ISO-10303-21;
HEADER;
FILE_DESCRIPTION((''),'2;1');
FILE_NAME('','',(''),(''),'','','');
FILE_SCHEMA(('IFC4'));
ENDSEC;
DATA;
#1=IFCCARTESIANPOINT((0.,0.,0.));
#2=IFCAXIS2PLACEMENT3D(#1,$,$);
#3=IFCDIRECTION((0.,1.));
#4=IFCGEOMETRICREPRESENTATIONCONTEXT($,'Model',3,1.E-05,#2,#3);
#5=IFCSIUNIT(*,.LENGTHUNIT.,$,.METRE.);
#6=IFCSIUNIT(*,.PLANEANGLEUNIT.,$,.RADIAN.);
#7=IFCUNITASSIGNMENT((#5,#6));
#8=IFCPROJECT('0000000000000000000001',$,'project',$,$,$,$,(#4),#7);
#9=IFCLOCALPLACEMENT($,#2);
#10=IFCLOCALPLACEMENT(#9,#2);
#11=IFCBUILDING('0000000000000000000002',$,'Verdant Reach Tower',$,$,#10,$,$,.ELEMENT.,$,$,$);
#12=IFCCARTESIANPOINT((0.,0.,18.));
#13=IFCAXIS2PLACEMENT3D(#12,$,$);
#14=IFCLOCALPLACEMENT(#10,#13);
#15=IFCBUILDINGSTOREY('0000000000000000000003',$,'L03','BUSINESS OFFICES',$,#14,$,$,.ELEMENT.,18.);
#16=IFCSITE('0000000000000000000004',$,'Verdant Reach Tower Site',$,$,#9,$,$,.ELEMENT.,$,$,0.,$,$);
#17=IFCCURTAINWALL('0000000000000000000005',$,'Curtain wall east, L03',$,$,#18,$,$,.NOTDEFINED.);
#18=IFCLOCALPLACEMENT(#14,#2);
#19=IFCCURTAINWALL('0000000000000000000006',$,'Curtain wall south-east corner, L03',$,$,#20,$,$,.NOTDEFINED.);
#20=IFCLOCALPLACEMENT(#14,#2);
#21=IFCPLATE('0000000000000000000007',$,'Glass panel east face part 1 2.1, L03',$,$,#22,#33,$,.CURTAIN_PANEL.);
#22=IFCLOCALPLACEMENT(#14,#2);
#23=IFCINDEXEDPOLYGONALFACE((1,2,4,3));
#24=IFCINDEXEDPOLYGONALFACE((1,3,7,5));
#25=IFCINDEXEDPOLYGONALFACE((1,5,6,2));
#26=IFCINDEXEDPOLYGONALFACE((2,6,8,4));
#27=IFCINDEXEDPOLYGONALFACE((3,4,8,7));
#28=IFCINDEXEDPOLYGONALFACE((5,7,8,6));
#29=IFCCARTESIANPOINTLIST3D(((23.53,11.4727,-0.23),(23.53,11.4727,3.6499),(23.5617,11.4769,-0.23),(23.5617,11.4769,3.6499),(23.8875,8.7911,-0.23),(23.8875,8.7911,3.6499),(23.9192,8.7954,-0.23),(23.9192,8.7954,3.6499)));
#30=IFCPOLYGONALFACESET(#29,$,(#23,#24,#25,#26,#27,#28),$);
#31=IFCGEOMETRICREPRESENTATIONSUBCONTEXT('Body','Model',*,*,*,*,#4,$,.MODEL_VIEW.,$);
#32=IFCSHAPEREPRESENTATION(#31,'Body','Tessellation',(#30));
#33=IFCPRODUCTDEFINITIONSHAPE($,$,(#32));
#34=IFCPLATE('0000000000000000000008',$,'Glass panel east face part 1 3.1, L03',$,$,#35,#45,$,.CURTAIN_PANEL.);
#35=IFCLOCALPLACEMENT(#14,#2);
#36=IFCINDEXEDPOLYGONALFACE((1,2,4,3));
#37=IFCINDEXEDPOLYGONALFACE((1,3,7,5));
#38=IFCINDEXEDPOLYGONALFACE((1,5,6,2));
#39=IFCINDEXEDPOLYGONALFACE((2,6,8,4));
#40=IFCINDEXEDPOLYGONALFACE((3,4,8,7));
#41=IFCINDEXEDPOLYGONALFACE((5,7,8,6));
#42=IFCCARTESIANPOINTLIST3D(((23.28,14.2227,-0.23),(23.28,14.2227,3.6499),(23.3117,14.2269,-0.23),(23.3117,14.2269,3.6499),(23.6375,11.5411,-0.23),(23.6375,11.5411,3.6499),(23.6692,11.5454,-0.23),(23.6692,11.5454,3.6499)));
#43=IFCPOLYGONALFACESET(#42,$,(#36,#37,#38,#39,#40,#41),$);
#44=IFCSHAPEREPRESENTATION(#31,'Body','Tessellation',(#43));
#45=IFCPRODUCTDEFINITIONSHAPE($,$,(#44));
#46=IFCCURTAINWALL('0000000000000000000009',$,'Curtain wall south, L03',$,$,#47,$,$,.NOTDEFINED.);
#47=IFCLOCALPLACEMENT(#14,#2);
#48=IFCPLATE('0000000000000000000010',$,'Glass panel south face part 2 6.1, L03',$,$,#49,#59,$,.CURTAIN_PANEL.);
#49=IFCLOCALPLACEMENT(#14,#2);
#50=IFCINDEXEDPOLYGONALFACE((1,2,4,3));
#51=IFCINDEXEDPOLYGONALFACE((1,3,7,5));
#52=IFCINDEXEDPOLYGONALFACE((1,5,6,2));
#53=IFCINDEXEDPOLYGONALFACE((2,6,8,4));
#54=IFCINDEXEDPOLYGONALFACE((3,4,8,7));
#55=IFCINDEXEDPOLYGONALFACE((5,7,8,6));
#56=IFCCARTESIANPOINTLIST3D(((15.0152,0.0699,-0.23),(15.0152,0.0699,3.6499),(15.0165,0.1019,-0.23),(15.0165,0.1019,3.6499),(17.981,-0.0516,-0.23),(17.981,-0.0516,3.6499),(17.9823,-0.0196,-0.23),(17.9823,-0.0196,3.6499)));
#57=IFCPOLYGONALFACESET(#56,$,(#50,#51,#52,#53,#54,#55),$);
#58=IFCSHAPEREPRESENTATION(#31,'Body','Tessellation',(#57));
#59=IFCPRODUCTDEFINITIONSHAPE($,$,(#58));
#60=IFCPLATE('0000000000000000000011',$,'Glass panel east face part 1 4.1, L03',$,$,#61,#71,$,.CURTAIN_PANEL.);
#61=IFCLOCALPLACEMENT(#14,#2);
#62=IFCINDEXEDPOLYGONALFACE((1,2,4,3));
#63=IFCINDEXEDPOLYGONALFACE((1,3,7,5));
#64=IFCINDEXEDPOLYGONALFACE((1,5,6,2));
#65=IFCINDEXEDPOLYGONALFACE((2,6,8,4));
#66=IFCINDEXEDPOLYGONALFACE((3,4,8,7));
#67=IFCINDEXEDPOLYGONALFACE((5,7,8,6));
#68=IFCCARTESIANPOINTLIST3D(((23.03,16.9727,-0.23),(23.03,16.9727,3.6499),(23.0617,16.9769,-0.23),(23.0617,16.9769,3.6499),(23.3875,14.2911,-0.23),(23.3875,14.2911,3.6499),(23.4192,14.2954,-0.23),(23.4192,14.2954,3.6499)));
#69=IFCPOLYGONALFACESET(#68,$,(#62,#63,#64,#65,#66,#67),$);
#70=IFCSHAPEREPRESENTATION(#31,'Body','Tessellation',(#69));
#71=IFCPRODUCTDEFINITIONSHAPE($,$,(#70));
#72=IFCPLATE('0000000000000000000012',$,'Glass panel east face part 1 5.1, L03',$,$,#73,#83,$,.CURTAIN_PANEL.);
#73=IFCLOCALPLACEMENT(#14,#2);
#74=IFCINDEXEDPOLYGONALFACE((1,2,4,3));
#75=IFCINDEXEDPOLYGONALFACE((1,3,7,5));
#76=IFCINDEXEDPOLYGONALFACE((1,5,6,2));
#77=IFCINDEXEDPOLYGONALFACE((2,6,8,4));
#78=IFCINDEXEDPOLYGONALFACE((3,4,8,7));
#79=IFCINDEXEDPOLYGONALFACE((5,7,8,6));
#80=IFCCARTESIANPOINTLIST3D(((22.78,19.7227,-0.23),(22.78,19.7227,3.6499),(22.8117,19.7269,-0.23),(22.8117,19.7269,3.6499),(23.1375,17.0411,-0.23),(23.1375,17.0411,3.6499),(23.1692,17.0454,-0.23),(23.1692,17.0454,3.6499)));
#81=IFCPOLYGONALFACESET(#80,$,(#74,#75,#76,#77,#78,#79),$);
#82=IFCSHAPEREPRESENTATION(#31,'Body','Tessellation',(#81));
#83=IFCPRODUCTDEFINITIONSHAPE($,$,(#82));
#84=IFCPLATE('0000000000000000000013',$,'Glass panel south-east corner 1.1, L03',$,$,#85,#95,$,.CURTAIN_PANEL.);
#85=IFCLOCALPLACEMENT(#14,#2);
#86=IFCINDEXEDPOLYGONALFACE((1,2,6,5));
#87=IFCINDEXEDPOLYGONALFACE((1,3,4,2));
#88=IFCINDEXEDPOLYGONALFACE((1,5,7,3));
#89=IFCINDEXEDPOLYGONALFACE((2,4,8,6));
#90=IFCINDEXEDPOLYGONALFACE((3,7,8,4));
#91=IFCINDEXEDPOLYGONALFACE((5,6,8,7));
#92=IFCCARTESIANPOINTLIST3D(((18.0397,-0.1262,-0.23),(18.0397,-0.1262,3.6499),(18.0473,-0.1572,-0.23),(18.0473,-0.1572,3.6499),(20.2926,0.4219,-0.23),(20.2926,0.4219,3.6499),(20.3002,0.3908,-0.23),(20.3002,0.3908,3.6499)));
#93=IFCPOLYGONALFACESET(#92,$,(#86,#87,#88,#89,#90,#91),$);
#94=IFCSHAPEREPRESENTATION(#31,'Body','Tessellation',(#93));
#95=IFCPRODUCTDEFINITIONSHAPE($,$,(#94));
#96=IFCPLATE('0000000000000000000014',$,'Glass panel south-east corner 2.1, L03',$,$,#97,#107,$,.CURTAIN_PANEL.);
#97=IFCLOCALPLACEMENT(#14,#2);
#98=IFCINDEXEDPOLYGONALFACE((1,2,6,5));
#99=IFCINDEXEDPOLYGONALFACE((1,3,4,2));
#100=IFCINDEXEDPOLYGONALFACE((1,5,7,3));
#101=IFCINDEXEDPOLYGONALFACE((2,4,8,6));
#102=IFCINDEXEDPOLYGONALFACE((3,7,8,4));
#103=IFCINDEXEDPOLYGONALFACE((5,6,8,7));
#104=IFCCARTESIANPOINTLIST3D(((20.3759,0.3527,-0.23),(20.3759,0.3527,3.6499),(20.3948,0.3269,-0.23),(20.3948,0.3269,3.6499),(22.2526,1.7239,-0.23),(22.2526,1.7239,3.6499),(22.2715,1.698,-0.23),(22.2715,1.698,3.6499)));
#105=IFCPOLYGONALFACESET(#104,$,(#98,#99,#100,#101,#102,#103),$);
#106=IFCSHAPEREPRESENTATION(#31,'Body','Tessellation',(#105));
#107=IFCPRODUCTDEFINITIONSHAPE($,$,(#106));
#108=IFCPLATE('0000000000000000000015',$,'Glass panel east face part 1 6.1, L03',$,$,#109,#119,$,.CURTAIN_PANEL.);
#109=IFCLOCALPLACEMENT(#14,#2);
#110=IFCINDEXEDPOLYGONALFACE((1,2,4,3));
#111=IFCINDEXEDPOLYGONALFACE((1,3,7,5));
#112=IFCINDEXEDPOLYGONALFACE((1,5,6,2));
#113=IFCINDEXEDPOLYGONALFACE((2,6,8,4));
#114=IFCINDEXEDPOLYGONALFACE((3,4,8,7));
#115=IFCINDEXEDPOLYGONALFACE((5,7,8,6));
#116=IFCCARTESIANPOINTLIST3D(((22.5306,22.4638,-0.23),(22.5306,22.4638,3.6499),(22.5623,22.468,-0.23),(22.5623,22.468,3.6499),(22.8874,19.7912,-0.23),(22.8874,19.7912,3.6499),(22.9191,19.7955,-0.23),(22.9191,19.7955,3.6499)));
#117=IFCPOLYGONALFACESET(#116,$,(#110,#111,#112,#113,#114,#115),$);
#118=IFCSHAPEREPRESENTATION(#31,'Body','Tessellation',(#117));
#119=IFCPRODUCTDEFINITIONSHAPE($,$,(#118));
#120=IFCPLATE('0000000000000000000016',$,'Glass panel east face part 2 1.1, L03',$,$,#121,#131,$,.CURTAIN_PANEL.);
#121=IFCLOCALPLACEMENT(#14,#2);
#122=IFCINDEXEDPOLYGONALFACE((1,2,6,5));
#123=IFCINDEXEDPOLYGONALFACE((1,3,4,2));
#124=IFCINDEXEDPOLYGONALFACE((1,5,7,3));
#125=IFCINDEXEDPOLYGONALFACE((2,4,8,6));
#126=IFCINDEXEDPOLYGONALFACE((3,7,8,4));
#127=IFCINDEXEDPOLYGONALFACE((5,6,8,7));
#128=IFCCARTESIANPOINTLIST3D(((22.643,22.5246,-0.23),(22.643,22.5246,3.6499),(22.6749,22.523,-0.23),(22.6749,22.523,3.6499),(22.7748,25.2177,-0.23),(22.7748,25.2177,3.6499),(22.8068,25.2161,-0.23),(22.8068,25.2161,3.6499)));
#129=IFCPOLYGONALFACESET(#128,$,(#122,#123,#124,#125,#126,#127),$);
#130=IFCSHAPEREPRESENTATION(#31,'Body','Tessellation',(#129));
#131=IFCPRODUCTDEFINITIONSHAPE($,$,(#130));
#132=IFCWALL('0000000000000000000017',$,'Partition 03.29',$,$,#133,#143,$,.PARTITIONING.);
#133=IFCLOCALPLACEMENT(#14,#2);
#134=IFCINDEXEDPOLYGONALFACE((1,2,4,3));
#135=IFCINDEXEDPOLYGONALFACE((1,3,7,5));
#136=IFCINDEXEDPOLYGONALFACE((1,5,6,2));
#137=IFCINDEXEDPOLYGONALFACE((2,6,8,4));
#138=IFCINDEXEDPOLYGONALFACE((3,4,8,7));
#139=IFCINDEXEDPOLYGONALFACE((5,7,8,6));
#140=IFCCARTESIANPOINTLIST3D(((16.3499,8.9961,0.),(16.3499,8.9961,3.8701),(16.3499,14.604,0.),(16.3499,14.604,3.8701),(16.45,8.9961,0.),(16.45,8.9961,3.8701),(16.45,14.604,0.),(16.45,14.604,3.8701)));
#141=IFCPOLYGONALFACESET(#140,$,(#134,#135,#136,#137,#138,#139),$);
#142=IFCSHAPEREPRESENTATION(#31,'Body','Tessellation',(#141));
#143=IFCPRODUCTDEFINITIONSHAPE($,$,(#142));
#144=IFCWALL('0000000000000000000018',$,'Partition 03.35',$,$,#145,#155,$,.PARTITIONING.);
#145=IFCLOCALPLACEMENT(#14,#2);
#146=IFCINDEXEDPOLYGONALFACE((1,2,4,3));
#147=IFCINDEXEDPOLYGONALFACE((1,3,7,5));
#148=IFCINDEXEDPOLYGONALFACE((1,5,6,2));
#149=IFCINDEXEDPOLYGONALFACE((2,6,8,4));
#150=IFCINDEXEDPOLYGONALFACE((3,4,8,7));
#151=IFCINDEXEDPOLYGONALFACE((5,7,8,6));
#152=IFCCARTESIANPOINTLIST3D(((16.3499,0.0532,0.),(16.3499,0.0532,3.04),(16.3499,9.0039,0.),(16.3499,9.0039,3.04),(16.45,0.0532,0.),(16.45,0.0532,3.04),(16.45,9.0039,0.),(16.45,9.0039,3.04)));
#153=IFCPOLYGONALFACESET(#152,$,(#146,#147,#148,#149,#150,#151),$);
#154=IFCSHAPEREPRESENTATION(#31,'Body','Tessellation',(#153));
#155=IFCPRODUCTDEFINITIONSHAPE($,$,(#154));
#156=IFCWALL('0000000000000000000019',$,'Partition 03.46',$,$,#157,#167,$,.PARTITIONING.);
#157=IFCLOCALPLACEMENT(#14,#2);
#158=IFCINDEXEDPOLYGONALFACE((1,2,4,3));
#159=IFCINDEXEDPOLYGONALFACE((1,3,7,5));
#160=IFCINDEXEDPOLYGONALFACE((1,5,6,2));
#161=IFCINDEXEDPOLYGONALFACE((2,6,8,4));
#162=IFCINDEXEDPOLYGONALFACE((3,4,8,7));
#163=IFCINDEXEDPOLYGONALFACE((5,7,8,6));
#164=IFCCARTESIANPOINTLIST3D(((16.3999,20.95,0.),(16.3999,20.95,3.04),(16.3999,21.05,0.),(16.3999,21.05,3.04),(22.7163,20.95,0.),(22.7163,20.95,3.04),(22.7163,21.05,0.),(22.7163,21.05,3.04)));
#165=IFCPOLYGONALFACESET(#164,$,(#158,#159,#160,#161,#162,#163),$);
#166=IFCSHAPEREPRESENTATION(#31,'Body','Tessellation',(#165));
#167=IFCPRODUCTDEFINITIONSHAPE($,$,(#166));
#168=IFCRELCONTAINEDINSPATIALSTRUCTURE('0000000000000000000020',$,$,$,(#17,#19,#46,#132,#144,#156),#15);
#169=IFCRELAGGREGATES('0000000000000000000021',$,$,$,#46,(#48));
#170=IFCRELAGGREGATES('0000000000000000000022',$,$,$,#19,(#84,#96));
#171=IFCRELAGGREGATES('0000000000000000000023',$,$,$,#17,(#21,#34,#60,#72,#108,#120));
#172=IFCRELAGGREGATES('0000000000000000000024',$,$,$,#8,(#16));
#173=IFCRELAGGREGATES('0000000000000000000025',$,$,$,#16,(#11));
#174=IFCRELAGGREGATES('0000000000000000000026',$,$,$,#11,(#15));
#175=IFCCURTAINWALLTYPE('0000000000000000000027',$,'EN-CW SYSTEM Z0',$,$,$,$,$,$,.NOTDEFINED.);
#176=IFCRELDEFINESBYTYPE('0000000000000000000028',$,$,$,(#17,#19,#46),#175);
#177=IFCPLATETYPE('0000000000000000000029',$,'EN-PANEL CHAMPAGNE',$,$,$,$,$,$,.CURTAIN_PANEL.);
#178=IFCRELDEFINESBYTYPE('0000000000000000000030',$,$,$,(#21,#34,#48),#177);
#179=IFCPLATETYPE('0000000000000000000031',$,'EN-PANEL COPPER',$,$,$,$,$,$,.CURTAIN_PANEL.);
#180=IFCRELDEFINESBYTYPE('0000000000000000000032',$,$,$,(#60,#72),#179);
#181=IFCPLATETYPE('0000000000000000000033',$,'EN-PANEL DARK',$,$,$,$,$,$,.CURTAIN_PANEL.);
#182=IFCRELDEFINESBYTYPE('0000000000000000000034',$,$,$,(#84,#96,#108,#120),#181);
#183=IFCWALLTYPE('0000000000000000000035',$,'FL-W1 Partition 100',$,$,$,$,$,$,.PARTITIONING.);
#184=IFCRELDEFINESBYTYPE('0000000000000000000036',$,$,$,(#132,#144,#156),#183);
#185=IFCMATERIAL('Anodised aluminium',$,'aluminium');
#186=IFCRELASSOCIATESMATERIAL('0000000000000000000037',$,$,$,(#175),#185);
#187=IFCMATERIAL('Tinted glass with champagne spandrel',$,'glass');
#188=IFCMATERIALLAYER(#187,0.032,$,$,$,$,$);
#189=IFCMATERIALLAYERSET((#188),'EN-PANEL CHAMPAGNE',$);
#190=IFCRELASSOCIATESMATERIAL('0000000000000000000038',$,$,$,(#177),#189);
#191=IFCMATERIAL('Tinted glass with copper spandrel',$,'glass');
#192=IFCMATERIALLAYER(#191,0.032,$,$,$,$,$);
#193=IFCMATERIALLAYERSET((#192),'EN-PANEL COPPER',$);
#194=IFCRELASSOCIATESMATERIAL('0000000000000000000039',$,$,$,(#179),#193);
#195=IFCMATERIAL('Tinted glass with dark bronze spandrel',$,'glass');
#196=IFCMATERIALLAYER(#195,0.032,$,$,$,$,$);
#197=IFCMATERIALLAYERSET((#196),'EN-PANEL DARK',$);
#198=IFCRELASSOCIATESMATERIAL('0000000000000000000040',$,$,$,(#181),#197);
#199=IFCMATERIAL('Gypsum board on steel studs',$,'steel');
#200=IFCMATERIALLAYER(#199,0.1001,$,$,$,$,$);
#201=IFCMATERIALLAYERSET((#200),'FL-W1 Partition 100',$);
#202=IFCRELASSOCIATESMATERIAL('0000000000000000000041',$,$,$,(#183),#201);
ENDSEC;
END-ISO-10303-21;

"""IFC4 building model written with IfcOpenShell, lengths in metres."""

from ifc_helpers import new_model, si_unit, direction, frame, frame_2d, origin, origin_2d, place, context, subcontext, project, spatial, rectangle, extrude, material, layer, layer_set, type_object, element, aggregate, save


model = new_model("IFC4")

# Units and contexts
model_context = context("Model", 3, precision=1e-05, world=origin(), true_north=direction((0.0, 1.0)))
body_context = subcontext(model_context, "Body", "Model", "MODEL_VIEW")
ifc_project = project(units=[si_unit("LENGTHUNIT", "METRE"), si_unit("PLANEANGLEUNIT", "RADIAN")], contexts=[model_context])

# Site, building, storey
site_placement = place(None, origin())
site = spatial("IfcSite", under=ifc_project, at=site_placement, Name="Verdant Reach Tower Site", CompositionType="ELEMENT", RefElevation=0.0)
building_placement = place(site_placement, origin())
building = spatial("IfcBuilding", under=site, at=building_placement, Name="Verdant Reach Tower", CompositionType="ELEMENT")
storey_placement = place(building_placement, frame((0.0, 0.0, 18.0)))
storey = spatial("IfcBuildingStorey", under=building, at=storey_placement, Name="L03", Description="BUSINESS OFFICES", CompositionType="ELEMENT", Elevation=18.0)

# Curtain wall
ifc_material_1 = material(Name="Anodised aluminium", Category="aluminium")
curtain_wall_type = type_object("IfcCurtainWallType", Name="EN-CW SYSTEM Z0", PredefinedType="NOTDEFINED", material=ifc_material_1)
curtain_wall_1_placement = place(storey_placement, origin())
curtain_wall_1 = element("IfcCurtainWall", 1, at=curtain_wall_1_placement, inside=storey, type_object=curtain_wall_type, Name="Curtain wall east, L03", PredefinedType="NOTDEFINED")

# Curtain wall
curtain_wall_2_placement = place(storey_placement, origin())
curtain_wall_2 = element("IfcCurtainWall", 2, at=curtain_wall_2_placement, inside=storey, type_object=curtain_wall_type, Name="Curtain wall south-east corner, L03", PredefinedType="NOTDEFINED")
ifc_material_2 = material(Name="Tinted glass with champagne spandrel", Category="glass")
ifc_layer_1 = layer(ifc_material_2, 0.032)
ifc_layer_set_1 = layer_set([ifc_layer_1], Name="EN-PANEL CHAMPAGNE")
plate_type_1 = type_object("IfcPlateType", Name="EN-PANEL CHAMPAGNE", PredefinedType="CURTAIN_PANEL", material=ifc_layer_set_1)

# Plates
plate_1_placement = place(storey_placement, frame((23.7246, 10.134, -0.23), z_axis=(0.0, 0.0, 1.0), x_axis=(-0.13216, 0.991228, 0.0)))
plate_1 = element("IfcPlate", 3, at=plate_1_placement, type_object=plate_type_1, Name="Glass panel east face part 1 2.1, L03", PredefinedType="CURTAIN_PANEL", context=body_context, shape_type="SweptSolid", body=[
    extrude(rectangle(XDim=2.7053, YDim=0.032, at=origin_2d()), origin(), (0.0, 0.0, 1.0), 3.8799),
])
plate_2_placement = place(storey_placement, frame((23.4746, 12.884, -0.23), z_axis=(0.0, 0.0, 1.0), x_axis=(-0.13216, 0.991228, 0.0)))
plate_2 = element("IfcPlate", 4, at=plate_2_placement, type_object=plate_type_1, Name="Glass panel east face part 1 3.1, L03", PredefinedType="CURTAIN_PANEL", context=body_context, shape_type="SweptSolid", body=[
    extrude(rectangle(XDim=2.7053, YDim=0.032, at=origin_2d()), origin(), (0.0, 0.0, 1.0), 3.8799),
])

# Curtain wall, plate
curtain_wall_3_placement = place(storey_placement, origin())
curtain_wall_3 = element("IfcCurtainWall", 5, at=curtain_wall_3_placement, inside=storey, type_object=curtain_wall_type, Name="Curtain wall south, L03", PredefinedType="NOTDEFINED")
plate_3_placement = place(storey_placement, frame((16.4988, 0.0251, -0.23), z_axis=(0.0, 0.0, 1.0), x_axis=(0.999162, -0.04092, 0.0)))
plate_3 = element("IfcPlate", 6, at=plate_3_placement, type_object=plate_type_1, Name="Glass panel south face part 2 6.1, L03", PredefinedType="CURTAIN_PANEL", context=body_context, shape_type="SweptSolid", body=[
    extrude(rectangle(XDim=2.9683, YDim=0.032, at=origin_2d()), origin(), (0.0, 0.0, 1.0), 3.8799),
])
aggregate(curtain_wall_3, [plate_3])

# Plates
ifc_material_3 = material(Name="Tinted glass with copper spandrel", Category="glass")
ifc_layer_2 = layer(ifc_material_3, 0.032)
ifc_layer_set_2 = layer_set([ifc_layer_2], Name="EN-PANEL COPPER")
plate_type_2 = type_object("IfcPlateType", Name="EN-PANEL COPPER", PredefinedType="CURTAIN_PANEL", material=ifc_layer_set_2)
plate_4_placement = place(storey_placement, frame((23.2246, 15.634, -0.23), z_axis=(0.0, 0.0, 1.0), x_axis=(-0.13216, 0.991228, 0.0)))
plate_4 = element("IfcPlate", 7, at=plate_4_placement, type_object=plate_type_2, Name="Glass panel east face part 1 4.1, L03", PredefinedType="CURTAIN_PANEL", context=body_context, shape_type="SweptSolid", body=[
    extrude(rectangle(XDim=2.7053, YDim=0.032, at=origin_2d()), origin(), (0.0, 0.0, 1.0), 3.8799),
])
plate_5_placement = place(storey_placement, frame((22.9746, 18.384, -0.23), z_axis=(0.0, 0.0, 1.0), x_axis=(-0.13216, 0.991228, 0.0)))
plate_5 = element("IfcPlate", 8, at=plate_5_placement, type_object=plate_type_2, Name="Glass panel east face part 1 5.1, L03", PredefinedType="CURTAIN_PANEL", context=body_context, shape_type="SweptSolid", body=[
    extrude(rectangle(XDim=2.7053, YDim=0.032, at=origin_2d()), origin(), (0.0, 0.0, 1.0), 3.8799),
])
ifc_material_4 = material(Name="Tinted glass with dark bronze spandrel", Category="glass")
ifc_layer_3 = layer(ifc_material_4, 0.032)
ifc_layer_set_3 = layer_set([ifc_layer_3], Name="EN-PANEL DARK")
plate_type_3 = type_object("IfcPlateType", Name="EN-PANEL DARK", PredefinedType="CURTAIN_PANEL", material=ifc_layer_set_3)
plate_6_placement = place(storey_placement, frame((19.1699, 0.1323, -0.23), z_axis=(0.0, 0.0, 1.0), x_axis=(0.971663, 0.236369, 0.0)))
plate_6 = element("IfcPlate", 9, at=plate_6_placement, type_object=plate_type_3, Name="Glass panel south-east corner 1.1, L03", PredefinedType="CURTAIN_PANEL", context=body_context, shape_type="SweptSolid", body=[
    extrude(rectangle(XDim=2.3186, YDim=0.032, at=origin_2d()), origin(), (0.0, 0.0, 1.0), 3.8799),
])
plate_7_placement = place(storey_placement, frame((21.3237, 1.0254, -0.23), z_axis=(0.0, 0.0, 1.0), x_axis=(0.807457, 0.589927, 0.0)))
plate_7 = element("IfcPlate", 10, at=plate_7_placement, type_object=plate_type_3, Name="Glass panel south-east corner 2.1, L03", PredefinedType="CURTAIN_PANEL", context=body_context, shape_type="SweptSolid", body=[
    extrude(rectangle(XDim=2.3242, YDim=0.032, at=origin_2d()), origin(), (0.0, 0.0, 1.0), 3.8799),
])
aggregate(curtain_wall_2, [plate_6, plate_7])
plate_8_placement = place(storey_placement, frame((22.7249, 21.1296, -0.23), z_axis=(0.0, 0.0, 1.0), x_axis=(-0.132308, 0.991209, 0.0)))
plate_8 = element("IfcPlate", 11, at=plate_8_placement, type_object=plate_type_3, Name="Glass panel east face part 1 6.1, L03", PredefinedType="CURTAIN_PANEL", context=body_context, shape_type="SweptSolid", body=[
    extrude(rectangle(XDim=2.6963, YDim=0.032, at=origin_2d()), origin(), (0.0, 0.0, 1.0), 3.8799),
])
plate_9_placement = place(storey_placement, frame((22.7249, 23.8704, -0.23), z_axis=(0.0, 0.0, 1.0), x_axis=(0.048902, 0.998804, 0.0)))
plate_9 = element("IfcPlate", 12, at=plate_9_placement, type_object=plate_type_3, Name="Glass panel east face part 2 1.1, L03", PredefinedType="CURTAIN_PANEL", context=body_context, shape_type="SweptSolid", body=[
    extrude(rectangle(XDim=2.6963, YDim=0.032, at=origin_2d()), origin(), (0.0, 0.0, 1.0), 3.8799),
])
aggregate(curtain_wall_1, [plate_1, plate_2, plate_4, plate_5, plate_8, plate_9])

# Walls
ifc_material_5 = material(Name="Gypsum board on steel studs", Category="steel")
ifc_layer_4 = layer(ifc_material_5, 0.1001)
ifc_layer_set_4 = layer_set([ifc_layer_4], Name="FL-W1 Partition 100")
wall_type_1 = type_object("IfcWallType", Name="FL-W1 Partition 100", PredefinedType="PARTITIONING", material=ifc_layer_set_4)
wall_1_placement = place(storey_placement, frame((16.3999, 8.9961, 0.0), z_axis=(0.0, 0.0, 1.0), x_axis=(0.0, 1.0, 0.0)))
element("IfcWall", 13, at=wall_1_placement, inside=storey, type_object=wall_type_1, Name="Partition 03.29", PredefinedType="PARTITIONING", context=body_context, shape_type="SweptSolid", body=[
    extrude(rectangle(XDim=5.6079, YDim=0.1001, at=frame_2d((2.804, 0.0))), origin(), (0.0, 0.0, 1.0), 3.8701),
])
wall_2_placement = place(storey_placement, frame((16.3999, 0.0532, 0.0), z_axis=(0.0, 0.0, 1.0), x_axis=(0.0, 1.0, 0.0)))
element("IfcWall", 14, at=wall_2_placement, inside=storey, type_object=wall_type_1, Name="Partition 03.35", PredefinedType="PARTITIONING", context=body_context, shape_type="SweptSolid", body=[
    extrude(rectangle(XDim=8.9507, YDim=0.1001, at=frame_2d((4.4753, 0.0))), origin(), (0.0, 0.0, 1.0), 3.04),
])
wall_3_placement = place(storey_placement, frame((22.7163, 21.0, 0.0), z_axis=(0.0, 0.0, 1.0), x_axis=(-1.0, 0.0, 0.0)))
element("IfcWall", 15, at=wall_3_placement, inside=storey, type_object=wall_type_1, Name="Partition 03.46", PredefinedType="PARTITIONING", context=body_context, shape_type="SweptSolid", body=[
    extrude(rectangle(XDim=6.3164, YDim=0.1001, at=frame_2d((3.1582, 0.0))), origin(), (0.0, 0.0, 1.0), 3.04),
])

save(model, "model.ifc")
